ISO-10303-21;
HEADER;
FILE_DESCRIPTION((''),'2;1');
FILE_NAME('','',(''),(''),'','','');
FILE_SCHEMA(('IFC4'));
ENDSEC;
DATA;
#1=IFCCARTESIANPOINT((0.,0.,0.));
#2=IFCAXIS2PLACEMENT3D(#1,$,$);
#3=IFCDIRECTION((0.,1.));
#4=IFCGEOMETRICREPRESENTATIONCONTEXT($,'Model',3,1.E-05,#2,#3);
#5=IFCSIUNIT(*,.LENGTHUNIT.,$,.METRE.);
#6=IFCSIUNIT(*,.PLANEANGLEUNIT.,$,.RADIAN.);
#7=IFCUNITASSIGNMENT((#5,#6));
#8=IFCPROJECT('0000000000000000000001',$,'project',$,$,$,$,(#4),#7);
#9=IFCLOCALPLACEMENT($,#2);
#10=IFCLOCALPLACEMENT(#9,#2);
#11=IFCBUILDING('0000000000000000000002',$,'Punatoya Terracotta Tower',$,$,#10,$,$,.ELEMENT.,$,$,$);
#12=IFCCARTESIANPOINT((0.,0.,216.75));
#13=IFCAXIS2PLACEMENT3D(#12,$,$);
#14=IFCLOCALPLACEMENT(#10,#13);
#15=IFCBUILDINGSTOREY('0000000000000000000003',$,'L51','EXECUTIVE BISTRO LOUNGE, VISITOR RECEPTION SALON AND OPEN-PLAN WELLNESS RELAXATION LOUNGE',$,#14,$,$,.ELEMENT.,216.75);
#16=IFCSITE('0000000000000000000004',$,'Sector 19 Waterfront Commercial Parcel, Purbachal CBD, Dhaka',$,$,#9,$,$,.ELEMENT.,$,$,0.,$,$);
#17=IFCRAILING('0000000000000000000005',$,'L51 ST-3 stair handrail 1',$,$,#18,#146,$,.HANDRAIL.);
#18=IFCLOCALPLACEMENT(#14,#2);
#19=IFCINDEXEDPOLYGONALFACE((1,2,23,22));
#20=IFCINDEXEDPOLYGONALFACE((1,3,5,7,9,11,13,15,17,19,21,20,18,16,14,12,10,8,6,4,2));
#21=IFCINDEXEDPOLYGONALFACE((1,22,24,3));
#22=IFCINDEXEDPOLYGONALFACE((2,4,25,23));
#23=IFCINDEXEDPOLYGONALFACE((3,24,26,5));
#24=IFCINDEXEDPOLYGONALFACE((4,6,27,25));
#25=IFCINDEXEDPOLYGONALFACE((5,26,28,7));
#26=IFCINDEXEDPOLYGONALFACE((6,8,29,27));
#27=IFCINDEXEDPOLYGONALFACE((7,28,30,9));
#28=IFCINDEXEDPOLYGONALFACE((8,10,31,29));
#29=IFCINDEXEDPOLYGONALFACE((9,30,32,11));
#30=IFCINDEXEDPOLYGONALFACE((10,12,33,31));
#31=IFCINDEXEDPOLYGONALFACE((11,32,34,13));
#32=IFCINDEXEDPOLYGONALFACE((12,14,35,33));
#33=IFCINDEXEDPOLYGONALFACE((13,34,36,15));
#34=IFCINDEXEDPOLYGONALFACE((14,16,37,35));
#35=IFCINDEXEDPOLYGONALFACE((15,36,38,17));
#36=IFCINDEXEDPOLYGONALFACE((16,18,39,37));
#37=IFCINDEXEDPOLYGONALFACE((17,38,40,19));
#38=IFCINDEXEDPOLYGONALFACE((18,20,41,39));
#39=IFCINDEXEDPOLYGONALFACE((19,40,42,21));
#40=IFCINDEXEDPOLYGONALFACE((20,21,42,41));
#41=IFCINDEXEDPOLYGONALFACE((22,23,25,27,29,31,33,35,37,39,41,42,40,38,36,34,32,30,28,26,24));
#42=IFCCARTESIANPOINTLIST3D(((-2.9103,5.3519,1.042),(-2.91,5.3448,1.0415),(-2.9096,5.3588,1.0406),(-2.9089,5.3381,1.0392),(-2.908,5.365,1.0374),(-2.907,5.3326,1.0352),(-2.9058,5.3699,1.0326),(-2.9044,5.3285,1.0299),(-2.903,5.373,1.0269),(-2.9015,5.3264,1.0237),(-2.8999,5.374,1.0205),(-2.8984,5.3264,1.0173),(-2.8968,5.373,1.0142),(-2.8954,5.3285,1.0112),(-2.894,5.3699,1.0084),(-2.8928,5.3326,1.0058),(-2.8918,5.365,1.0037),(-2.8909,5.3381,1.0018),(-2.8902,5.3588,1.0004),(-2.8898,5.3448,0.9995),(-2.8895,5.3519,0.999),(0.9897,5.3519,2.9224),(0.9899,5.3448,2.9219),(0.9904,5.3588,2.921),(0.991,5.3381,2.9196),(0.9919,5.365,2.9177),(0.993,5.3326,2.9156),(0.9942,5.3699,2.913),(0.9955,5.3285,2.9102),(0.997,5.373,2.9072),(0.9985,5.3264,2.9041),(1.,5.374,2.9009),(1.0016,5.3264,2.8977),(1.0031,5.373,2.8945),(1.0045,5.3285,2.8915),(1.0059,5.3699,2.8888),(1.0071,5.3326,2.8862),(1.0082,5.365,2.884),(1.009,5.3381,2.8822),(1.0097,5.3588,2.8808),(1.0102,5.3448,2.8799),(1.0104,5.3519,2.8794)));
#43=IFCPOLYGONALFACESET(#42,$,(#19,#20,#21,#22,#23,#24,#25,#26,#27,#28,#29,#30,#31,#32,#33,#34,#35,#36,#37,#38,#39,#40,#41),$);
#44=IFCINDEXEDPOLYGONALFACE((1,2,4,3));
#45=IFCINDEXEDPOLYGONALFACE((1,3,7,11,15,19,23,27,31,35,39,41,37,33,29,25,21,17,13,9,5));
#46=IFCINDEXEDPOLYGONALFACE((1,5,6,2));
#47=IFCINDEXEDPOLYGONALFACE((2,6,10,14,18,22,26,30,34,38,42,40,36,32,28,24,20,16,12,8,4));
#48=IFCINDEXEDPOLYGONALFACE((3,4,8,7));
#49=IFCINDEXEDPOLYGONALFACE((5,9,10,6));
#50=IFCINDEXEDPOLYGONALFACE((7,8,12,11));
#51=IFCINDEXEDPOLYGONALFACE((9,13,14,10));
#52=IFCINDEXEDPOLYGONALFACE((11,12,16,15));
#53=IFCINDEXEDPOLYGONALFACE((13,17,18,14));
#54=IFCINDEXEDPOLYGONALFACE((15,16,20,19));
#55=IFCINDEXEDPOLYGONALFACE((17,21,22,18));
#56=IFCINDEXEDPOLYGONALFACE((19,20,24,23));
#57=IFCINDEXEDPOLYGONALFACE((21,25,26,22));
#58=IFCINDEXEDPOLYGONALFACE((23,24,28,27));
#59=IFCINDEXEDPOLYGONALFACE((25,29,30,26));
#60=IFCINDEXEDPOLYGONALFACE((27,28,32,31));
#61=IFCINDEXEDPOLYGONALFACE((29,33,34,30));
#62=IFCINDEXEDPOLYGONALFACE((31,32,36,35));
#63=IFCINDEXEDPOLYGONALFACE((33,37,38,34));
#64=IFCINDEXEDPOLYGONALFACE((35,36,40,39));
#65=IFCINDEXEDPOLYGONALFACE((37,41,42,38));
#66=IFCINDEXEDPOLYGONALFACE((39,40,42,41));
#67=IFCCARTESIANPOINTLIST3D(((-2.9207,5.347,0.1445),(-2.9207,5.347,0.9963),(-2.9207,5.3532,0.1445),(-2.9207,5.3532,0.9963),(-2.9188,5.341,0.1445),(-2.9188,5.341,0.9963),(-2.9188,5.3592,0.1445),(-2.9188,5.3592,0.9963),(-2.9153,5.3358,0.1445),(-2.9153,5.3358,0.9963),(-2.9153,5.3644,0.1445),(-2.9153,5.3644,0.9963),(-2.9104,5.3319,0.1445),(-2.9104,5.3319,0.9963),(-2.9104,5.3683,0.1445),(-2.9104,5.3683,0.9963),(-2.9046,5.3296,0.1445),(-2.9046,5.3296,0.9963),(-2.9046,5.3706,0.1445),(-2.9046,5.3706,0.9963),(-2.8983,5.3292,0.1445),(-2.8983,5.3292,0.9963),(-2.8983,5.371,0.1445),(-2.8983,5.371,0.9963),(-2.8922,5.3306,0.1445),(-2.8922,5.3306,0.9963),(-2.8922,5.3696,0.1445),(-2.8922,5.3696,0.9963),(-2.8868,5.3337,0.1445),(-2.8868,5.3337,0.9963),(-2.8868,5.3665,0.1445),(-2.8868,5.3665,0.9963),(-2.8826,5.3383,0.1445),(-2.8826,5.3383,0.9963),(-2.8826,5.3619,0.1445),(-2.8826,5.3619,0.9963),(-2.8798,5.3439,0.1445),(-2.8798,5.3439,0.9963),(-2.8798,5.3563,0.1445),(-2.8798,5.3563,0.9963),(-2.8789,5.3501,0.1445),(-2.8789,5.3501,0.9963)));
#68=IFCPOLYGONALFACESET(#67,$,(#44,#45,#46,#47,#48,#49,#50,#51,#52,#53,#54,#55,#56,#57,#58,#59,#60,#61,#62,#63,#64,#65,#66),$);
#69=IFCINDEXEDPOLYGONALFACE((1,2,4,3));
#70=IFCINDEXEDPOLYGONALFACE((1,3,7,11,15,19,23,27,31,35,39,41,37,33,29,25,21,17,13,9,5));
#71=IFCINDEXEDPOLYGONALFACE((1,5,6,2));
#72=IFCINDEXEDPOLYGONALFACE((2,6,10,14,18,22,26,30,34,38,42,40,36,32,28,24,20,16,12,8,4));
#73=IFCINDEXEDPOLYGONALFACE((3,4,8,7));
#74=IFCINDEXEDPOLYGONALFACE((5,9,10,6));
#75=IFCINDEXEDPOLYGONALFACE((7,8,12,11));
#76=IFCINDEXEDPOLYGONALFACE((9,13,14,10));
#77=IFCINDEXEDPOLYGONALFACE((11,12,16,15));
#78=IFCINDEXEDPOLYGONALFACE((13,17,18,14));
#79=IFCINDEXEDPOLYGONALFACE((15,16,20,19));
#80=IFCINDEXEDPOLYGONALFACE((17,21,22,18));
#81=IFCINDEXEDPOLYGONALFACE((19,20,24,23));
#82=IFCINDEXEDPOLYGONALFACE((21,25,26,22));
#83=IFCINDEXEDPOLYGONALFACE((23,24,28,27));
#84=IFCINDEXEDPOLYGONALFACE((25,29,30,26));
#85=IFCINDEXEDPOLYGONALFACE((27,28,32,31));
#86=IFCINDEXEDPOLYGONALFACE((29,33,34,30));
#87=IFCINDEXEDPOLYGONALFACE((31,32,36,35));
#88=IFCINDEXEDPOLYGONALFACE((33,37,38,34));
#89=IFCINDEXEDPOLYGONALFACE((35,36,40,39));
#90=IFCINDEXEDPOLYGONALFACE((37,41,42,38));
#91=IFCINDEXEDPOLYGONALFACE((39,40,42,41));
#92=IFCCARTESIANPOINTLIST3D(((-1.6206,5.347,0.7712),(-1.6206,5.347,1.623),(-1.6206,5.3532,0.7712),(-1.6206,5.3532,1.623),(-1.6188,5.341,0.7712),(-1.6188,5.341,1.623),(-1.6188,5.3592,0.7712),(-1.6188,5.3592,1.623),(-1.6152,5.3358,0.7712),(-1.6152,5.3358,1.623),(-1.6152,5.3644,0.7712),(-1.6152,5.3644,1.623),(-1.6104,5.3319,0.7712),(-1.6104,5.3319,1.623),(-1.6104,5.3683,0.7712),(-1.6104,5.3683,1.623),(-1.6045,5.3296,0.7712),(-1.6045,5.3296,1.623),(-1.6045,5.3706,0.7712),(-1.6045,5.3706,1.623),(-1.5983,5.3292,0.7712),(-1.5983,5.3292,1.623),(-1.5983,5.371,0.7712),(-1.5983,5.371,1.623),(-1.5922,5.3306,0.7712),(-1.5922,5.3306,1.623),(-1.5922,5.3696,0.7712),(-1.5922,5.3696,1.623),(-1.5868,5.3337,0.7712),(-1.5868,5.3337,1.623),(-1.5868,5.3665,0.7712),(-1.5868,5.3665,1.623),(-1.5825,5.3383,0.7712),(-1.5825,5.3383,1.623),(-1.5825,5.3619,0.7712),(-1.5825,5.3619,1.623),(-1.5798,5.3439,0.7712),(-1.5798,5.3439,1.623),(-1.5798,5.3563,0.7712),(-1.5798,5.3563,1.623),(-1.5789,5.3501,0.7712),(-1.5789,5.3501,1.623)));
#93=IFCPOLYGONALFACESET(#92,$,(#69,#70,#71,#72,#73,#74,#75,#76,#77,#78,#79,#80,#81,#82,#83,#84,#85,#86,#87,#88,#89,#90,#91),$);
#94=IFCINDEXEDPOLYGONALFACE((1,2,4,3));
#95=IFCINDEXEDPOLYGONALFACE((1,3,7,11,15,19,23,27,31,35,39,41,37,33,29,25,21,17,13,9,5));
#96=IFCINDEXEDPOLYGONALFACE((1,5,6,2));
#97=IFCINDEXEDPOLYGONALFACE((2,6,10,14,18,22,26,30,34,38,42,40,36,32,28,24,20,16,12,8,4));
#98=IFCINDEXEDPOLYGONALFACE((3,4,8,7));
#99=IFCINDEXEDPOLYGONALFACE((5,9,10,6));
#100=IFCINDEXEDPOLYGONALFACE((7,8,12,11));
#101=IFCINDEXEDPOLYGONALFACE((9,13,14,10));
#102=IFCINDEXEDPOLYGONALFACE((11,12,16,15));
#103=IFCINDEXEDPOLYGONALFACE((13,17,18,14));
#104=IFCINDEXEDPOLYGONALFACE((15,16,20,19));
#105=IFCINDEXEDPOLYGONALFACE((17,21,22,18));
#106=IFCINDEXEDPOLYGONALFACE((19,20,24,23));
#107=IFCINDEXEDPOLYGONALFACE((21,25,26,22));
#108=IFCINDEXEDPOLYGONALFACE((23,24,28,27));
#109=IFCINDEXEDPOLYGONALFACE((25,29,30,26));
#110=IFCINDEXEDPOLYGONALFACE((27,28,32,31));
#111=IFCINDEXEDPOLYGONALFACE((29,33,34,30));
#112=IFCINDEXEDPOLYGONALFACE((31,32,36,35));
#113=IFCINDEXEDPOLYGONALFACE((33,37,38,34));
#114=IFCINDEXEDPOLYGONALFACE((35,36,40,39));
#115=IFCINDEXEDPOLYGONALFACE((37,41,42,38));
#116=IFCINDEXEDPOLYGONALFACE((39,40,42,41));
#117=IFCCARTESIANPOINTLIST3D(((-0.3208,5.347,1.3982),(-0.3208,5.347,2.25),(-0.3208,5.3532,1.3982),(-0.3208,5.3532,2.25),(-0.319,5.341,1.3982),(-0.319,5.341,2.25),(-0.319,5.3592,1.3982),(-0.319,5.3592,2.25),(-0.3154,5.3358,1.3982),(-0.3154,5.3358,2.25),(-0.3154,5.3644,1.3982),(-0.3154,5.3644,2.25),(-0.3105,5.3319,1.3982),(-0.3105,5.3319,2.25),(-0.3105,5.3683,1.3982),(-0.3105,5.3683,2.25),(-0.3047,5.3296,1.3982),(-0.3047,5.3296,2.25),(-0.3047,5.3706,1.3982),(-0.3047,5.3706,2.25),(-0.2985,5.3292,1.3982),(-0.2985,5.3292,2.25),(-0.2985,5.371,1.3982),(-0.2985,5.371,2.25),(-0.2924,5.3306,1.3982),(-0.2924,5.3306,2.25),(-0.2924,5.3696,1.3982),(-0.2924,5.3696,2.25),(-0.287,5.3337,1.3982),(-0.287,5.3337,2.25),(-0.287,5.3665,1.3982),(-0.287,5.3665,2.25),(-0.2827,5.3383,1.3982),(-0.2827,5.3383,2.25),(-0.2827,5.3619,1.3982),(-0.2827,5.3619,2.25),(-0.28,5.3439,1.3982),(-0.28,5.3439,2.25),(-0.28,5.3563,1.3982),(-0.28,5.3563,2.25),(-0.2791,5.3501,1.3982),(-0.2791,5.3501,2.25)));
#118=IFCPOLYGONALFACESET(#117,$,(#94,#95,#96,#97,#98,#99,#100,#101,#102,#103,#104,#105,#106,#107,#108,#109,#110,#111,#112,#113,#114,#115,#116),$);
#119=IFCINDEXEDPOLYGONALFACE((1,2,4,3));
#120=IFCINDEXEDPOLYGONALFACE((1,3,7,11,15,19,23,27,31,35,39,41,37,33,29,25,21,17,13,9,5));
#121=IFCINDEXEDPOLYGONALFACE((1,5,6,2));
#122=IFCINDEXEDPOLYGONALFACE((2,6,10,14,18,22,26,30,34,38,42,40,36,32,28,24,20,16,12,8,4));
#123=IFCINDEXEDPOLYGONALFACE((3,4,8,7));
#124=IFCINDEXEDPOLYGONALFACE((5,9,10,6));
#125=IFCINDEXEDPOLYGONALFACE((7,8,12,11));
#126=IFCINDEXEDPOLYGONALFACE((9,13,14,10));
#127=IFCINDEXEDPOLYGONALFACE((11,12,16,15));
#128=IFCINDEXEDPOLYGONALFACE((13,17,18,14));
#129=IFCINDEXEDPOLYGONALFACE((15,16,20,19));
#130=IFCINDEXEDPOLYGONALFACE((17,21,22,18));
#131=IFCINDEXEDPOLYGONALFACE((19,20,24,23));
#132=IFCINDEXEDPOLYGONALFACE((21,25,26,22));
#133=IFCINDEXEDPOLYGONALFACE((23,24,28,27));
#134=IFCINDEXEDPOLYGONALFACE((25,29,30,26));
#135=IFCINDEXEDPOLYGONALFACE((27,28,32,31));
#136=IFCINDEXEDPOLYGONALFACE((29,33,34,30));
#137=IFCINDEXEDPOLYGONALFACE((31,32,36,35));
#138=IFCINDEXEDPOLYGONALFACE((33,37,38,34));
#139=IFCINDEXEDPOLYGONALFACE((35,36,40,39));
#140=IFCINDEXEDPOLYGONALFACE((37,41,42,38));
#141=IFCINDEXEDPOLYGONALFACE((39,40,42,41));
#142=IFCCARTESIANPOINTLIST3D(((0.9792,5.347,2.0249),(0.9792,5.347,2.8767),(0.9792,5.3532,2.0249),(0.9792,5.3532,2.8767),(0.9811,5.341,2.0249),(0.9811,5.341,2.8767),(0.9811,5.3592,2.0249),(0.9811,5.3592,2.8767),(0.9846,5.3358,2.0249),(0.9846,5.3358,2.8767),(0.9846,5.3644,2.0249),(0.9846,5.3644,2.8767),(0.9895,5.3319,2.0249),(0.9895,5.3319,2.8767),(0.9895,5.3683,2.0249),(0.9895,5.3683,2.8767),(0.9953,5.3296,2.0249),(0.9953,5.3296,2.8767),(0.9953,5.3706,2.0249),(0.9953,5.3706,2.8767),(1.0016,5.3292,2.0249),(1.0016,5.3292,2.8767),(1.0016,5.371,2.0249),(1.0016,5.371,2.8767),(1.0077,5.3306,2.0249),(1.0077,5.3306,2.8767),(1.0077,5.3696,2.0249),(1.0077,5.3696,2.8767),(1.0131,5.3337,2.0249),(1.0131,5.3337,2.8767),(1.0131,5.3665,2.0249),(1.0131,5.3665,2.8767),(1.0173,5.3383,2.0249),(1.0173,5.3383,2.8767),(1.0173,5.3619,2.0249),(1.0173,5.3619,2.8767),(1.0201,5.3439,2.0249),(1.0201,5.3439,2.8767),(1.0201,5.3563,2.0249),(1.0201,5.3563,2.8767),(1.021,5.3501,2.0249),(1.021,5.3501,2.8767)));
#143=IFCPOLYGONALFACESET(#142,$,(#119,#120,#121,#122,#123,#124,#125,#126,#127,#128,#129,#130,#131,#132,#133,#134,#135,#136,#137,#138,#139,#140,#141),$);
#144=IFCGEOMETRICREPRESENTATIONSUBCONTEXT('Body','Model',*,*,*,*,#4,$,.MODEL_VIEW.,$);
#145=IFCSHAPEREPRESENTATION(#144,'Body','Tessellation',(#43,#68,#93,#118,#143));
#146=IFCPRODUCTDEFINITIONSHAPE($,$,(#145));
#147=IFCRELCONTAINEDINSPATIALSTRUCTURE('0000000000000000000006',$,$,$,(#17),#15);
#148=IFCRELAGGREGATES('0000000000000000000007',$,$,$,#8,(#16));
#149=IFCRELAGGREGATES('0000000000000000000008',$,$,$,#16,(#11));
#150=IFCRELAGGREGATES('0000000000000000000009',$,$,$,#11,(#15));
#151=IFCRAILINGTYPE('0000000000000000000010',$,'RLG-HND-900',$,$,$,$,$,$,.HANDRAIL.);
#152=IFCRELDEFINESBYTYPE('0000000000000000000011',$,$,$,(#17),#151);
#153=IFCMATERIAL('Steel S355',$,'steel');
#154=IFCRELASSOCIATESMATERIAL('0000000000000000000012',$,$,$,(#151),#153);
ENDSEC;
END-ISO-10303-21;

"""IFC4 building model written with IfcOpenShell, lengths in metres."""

from ifc_helpers import new_model, si_unit, direction, frame, origin, origin_2d, place, context, subcontext, project, spatial, circle, extrude, material, type_object, element, save


model = new_model("IFC4")

# Units and contexts
model_context = context("Model", 3, precision=1e-05, world=origin(), true_north=direction((0.0, 1.0)))
body_context = subcontext(model_context, "Body", "Model", "MODEL_VIEW")
ifc_project = project(units=[si_unit("LENGTHUNIT", "METRE"), si_unit("PLANEANGLEUNIT", "RADIAN")], contexts=[model_context])

# Site, building, storey
site_placement = place(None, origin())
site = spatial("IfcSite", under=ifc_project, at=site_placement, Name="Sector 19 Waterfront Commercial Parcel, Purbachal CBD, Dhaka", CompositionType="ELEMENT", RefElevation=0.0)
building_placement = place(site_placement, origin())
building = spatial("IfcBuilding", under=site, at=building_placement, Name="Punatoya Terracotta Tower", CompositionType="ELEMENT")
storey_placement = place(building_placement, frame((0.0, 0.0, 216.75)))
storey = spatial("IfcBuildingStorey", under=building, at=storey_placement, Name="L51", Description="EXECUTIVE BISTRO LOUNGE, VISITOR RECEPTION SALON AND OPEN-PLAN WELLNESS RELAXATION LOUNGE", CompositionType="ELEMENT", Elevation=216.75)

# Shared definitions
ifc_material_1 = material(Name="Steel S355", Category="steel")

# Railing
railing_type_1 = type_object("IfcRailingType", Name="RLG-HND-900", PredefinedType="HANDRAIL", material=ifc_material_1)
railing_1_placement = place(storey_placement, frame((-2.8999, 5.3501, 0.1445)))
element("IfcRailing", 1, at=railing_1_placement, inside=storey, type_object=railing_type_1, Name="L51 ST-3 stair handrail 1", PredefinedType="HANDRAIL", context=body_context, shape_type="SweptSolid", body=[
    extrude(circle(Radius=0.0239, at=origin_2d()), frame((0.0, 0.0, 0.876), z_axis=(0.900763, 0.0, 0.434311), x_axis=(0.0, 1.0, 0.0)), (0.0, 0.0, 1.0), 4.3296),
    extrude(circle(Radius=0.021, at=origin_2d()), origin(), (0.0, 0.0, 1.0), 0.8518),
    extrude(circle(Radius=0.021, at=origin_2d()), frame((1.3, 0.0, 0.6267)), (0.0, 0.0, 1.0), 0.8518),
    extrude(circle(Radius=0.021, at=origin_2d()), frame((2.5999, 0.0, 1.2537)), (0.0, 0.0, 1.0), 0.8518),
    extrude(circle(Radius=0.021, at=origin_2d()), frame((3.8999, 0.0, 1.8804)), (0.0, 0.0, 1.0), 0.8518),
])

save(model, "model.ifc")
